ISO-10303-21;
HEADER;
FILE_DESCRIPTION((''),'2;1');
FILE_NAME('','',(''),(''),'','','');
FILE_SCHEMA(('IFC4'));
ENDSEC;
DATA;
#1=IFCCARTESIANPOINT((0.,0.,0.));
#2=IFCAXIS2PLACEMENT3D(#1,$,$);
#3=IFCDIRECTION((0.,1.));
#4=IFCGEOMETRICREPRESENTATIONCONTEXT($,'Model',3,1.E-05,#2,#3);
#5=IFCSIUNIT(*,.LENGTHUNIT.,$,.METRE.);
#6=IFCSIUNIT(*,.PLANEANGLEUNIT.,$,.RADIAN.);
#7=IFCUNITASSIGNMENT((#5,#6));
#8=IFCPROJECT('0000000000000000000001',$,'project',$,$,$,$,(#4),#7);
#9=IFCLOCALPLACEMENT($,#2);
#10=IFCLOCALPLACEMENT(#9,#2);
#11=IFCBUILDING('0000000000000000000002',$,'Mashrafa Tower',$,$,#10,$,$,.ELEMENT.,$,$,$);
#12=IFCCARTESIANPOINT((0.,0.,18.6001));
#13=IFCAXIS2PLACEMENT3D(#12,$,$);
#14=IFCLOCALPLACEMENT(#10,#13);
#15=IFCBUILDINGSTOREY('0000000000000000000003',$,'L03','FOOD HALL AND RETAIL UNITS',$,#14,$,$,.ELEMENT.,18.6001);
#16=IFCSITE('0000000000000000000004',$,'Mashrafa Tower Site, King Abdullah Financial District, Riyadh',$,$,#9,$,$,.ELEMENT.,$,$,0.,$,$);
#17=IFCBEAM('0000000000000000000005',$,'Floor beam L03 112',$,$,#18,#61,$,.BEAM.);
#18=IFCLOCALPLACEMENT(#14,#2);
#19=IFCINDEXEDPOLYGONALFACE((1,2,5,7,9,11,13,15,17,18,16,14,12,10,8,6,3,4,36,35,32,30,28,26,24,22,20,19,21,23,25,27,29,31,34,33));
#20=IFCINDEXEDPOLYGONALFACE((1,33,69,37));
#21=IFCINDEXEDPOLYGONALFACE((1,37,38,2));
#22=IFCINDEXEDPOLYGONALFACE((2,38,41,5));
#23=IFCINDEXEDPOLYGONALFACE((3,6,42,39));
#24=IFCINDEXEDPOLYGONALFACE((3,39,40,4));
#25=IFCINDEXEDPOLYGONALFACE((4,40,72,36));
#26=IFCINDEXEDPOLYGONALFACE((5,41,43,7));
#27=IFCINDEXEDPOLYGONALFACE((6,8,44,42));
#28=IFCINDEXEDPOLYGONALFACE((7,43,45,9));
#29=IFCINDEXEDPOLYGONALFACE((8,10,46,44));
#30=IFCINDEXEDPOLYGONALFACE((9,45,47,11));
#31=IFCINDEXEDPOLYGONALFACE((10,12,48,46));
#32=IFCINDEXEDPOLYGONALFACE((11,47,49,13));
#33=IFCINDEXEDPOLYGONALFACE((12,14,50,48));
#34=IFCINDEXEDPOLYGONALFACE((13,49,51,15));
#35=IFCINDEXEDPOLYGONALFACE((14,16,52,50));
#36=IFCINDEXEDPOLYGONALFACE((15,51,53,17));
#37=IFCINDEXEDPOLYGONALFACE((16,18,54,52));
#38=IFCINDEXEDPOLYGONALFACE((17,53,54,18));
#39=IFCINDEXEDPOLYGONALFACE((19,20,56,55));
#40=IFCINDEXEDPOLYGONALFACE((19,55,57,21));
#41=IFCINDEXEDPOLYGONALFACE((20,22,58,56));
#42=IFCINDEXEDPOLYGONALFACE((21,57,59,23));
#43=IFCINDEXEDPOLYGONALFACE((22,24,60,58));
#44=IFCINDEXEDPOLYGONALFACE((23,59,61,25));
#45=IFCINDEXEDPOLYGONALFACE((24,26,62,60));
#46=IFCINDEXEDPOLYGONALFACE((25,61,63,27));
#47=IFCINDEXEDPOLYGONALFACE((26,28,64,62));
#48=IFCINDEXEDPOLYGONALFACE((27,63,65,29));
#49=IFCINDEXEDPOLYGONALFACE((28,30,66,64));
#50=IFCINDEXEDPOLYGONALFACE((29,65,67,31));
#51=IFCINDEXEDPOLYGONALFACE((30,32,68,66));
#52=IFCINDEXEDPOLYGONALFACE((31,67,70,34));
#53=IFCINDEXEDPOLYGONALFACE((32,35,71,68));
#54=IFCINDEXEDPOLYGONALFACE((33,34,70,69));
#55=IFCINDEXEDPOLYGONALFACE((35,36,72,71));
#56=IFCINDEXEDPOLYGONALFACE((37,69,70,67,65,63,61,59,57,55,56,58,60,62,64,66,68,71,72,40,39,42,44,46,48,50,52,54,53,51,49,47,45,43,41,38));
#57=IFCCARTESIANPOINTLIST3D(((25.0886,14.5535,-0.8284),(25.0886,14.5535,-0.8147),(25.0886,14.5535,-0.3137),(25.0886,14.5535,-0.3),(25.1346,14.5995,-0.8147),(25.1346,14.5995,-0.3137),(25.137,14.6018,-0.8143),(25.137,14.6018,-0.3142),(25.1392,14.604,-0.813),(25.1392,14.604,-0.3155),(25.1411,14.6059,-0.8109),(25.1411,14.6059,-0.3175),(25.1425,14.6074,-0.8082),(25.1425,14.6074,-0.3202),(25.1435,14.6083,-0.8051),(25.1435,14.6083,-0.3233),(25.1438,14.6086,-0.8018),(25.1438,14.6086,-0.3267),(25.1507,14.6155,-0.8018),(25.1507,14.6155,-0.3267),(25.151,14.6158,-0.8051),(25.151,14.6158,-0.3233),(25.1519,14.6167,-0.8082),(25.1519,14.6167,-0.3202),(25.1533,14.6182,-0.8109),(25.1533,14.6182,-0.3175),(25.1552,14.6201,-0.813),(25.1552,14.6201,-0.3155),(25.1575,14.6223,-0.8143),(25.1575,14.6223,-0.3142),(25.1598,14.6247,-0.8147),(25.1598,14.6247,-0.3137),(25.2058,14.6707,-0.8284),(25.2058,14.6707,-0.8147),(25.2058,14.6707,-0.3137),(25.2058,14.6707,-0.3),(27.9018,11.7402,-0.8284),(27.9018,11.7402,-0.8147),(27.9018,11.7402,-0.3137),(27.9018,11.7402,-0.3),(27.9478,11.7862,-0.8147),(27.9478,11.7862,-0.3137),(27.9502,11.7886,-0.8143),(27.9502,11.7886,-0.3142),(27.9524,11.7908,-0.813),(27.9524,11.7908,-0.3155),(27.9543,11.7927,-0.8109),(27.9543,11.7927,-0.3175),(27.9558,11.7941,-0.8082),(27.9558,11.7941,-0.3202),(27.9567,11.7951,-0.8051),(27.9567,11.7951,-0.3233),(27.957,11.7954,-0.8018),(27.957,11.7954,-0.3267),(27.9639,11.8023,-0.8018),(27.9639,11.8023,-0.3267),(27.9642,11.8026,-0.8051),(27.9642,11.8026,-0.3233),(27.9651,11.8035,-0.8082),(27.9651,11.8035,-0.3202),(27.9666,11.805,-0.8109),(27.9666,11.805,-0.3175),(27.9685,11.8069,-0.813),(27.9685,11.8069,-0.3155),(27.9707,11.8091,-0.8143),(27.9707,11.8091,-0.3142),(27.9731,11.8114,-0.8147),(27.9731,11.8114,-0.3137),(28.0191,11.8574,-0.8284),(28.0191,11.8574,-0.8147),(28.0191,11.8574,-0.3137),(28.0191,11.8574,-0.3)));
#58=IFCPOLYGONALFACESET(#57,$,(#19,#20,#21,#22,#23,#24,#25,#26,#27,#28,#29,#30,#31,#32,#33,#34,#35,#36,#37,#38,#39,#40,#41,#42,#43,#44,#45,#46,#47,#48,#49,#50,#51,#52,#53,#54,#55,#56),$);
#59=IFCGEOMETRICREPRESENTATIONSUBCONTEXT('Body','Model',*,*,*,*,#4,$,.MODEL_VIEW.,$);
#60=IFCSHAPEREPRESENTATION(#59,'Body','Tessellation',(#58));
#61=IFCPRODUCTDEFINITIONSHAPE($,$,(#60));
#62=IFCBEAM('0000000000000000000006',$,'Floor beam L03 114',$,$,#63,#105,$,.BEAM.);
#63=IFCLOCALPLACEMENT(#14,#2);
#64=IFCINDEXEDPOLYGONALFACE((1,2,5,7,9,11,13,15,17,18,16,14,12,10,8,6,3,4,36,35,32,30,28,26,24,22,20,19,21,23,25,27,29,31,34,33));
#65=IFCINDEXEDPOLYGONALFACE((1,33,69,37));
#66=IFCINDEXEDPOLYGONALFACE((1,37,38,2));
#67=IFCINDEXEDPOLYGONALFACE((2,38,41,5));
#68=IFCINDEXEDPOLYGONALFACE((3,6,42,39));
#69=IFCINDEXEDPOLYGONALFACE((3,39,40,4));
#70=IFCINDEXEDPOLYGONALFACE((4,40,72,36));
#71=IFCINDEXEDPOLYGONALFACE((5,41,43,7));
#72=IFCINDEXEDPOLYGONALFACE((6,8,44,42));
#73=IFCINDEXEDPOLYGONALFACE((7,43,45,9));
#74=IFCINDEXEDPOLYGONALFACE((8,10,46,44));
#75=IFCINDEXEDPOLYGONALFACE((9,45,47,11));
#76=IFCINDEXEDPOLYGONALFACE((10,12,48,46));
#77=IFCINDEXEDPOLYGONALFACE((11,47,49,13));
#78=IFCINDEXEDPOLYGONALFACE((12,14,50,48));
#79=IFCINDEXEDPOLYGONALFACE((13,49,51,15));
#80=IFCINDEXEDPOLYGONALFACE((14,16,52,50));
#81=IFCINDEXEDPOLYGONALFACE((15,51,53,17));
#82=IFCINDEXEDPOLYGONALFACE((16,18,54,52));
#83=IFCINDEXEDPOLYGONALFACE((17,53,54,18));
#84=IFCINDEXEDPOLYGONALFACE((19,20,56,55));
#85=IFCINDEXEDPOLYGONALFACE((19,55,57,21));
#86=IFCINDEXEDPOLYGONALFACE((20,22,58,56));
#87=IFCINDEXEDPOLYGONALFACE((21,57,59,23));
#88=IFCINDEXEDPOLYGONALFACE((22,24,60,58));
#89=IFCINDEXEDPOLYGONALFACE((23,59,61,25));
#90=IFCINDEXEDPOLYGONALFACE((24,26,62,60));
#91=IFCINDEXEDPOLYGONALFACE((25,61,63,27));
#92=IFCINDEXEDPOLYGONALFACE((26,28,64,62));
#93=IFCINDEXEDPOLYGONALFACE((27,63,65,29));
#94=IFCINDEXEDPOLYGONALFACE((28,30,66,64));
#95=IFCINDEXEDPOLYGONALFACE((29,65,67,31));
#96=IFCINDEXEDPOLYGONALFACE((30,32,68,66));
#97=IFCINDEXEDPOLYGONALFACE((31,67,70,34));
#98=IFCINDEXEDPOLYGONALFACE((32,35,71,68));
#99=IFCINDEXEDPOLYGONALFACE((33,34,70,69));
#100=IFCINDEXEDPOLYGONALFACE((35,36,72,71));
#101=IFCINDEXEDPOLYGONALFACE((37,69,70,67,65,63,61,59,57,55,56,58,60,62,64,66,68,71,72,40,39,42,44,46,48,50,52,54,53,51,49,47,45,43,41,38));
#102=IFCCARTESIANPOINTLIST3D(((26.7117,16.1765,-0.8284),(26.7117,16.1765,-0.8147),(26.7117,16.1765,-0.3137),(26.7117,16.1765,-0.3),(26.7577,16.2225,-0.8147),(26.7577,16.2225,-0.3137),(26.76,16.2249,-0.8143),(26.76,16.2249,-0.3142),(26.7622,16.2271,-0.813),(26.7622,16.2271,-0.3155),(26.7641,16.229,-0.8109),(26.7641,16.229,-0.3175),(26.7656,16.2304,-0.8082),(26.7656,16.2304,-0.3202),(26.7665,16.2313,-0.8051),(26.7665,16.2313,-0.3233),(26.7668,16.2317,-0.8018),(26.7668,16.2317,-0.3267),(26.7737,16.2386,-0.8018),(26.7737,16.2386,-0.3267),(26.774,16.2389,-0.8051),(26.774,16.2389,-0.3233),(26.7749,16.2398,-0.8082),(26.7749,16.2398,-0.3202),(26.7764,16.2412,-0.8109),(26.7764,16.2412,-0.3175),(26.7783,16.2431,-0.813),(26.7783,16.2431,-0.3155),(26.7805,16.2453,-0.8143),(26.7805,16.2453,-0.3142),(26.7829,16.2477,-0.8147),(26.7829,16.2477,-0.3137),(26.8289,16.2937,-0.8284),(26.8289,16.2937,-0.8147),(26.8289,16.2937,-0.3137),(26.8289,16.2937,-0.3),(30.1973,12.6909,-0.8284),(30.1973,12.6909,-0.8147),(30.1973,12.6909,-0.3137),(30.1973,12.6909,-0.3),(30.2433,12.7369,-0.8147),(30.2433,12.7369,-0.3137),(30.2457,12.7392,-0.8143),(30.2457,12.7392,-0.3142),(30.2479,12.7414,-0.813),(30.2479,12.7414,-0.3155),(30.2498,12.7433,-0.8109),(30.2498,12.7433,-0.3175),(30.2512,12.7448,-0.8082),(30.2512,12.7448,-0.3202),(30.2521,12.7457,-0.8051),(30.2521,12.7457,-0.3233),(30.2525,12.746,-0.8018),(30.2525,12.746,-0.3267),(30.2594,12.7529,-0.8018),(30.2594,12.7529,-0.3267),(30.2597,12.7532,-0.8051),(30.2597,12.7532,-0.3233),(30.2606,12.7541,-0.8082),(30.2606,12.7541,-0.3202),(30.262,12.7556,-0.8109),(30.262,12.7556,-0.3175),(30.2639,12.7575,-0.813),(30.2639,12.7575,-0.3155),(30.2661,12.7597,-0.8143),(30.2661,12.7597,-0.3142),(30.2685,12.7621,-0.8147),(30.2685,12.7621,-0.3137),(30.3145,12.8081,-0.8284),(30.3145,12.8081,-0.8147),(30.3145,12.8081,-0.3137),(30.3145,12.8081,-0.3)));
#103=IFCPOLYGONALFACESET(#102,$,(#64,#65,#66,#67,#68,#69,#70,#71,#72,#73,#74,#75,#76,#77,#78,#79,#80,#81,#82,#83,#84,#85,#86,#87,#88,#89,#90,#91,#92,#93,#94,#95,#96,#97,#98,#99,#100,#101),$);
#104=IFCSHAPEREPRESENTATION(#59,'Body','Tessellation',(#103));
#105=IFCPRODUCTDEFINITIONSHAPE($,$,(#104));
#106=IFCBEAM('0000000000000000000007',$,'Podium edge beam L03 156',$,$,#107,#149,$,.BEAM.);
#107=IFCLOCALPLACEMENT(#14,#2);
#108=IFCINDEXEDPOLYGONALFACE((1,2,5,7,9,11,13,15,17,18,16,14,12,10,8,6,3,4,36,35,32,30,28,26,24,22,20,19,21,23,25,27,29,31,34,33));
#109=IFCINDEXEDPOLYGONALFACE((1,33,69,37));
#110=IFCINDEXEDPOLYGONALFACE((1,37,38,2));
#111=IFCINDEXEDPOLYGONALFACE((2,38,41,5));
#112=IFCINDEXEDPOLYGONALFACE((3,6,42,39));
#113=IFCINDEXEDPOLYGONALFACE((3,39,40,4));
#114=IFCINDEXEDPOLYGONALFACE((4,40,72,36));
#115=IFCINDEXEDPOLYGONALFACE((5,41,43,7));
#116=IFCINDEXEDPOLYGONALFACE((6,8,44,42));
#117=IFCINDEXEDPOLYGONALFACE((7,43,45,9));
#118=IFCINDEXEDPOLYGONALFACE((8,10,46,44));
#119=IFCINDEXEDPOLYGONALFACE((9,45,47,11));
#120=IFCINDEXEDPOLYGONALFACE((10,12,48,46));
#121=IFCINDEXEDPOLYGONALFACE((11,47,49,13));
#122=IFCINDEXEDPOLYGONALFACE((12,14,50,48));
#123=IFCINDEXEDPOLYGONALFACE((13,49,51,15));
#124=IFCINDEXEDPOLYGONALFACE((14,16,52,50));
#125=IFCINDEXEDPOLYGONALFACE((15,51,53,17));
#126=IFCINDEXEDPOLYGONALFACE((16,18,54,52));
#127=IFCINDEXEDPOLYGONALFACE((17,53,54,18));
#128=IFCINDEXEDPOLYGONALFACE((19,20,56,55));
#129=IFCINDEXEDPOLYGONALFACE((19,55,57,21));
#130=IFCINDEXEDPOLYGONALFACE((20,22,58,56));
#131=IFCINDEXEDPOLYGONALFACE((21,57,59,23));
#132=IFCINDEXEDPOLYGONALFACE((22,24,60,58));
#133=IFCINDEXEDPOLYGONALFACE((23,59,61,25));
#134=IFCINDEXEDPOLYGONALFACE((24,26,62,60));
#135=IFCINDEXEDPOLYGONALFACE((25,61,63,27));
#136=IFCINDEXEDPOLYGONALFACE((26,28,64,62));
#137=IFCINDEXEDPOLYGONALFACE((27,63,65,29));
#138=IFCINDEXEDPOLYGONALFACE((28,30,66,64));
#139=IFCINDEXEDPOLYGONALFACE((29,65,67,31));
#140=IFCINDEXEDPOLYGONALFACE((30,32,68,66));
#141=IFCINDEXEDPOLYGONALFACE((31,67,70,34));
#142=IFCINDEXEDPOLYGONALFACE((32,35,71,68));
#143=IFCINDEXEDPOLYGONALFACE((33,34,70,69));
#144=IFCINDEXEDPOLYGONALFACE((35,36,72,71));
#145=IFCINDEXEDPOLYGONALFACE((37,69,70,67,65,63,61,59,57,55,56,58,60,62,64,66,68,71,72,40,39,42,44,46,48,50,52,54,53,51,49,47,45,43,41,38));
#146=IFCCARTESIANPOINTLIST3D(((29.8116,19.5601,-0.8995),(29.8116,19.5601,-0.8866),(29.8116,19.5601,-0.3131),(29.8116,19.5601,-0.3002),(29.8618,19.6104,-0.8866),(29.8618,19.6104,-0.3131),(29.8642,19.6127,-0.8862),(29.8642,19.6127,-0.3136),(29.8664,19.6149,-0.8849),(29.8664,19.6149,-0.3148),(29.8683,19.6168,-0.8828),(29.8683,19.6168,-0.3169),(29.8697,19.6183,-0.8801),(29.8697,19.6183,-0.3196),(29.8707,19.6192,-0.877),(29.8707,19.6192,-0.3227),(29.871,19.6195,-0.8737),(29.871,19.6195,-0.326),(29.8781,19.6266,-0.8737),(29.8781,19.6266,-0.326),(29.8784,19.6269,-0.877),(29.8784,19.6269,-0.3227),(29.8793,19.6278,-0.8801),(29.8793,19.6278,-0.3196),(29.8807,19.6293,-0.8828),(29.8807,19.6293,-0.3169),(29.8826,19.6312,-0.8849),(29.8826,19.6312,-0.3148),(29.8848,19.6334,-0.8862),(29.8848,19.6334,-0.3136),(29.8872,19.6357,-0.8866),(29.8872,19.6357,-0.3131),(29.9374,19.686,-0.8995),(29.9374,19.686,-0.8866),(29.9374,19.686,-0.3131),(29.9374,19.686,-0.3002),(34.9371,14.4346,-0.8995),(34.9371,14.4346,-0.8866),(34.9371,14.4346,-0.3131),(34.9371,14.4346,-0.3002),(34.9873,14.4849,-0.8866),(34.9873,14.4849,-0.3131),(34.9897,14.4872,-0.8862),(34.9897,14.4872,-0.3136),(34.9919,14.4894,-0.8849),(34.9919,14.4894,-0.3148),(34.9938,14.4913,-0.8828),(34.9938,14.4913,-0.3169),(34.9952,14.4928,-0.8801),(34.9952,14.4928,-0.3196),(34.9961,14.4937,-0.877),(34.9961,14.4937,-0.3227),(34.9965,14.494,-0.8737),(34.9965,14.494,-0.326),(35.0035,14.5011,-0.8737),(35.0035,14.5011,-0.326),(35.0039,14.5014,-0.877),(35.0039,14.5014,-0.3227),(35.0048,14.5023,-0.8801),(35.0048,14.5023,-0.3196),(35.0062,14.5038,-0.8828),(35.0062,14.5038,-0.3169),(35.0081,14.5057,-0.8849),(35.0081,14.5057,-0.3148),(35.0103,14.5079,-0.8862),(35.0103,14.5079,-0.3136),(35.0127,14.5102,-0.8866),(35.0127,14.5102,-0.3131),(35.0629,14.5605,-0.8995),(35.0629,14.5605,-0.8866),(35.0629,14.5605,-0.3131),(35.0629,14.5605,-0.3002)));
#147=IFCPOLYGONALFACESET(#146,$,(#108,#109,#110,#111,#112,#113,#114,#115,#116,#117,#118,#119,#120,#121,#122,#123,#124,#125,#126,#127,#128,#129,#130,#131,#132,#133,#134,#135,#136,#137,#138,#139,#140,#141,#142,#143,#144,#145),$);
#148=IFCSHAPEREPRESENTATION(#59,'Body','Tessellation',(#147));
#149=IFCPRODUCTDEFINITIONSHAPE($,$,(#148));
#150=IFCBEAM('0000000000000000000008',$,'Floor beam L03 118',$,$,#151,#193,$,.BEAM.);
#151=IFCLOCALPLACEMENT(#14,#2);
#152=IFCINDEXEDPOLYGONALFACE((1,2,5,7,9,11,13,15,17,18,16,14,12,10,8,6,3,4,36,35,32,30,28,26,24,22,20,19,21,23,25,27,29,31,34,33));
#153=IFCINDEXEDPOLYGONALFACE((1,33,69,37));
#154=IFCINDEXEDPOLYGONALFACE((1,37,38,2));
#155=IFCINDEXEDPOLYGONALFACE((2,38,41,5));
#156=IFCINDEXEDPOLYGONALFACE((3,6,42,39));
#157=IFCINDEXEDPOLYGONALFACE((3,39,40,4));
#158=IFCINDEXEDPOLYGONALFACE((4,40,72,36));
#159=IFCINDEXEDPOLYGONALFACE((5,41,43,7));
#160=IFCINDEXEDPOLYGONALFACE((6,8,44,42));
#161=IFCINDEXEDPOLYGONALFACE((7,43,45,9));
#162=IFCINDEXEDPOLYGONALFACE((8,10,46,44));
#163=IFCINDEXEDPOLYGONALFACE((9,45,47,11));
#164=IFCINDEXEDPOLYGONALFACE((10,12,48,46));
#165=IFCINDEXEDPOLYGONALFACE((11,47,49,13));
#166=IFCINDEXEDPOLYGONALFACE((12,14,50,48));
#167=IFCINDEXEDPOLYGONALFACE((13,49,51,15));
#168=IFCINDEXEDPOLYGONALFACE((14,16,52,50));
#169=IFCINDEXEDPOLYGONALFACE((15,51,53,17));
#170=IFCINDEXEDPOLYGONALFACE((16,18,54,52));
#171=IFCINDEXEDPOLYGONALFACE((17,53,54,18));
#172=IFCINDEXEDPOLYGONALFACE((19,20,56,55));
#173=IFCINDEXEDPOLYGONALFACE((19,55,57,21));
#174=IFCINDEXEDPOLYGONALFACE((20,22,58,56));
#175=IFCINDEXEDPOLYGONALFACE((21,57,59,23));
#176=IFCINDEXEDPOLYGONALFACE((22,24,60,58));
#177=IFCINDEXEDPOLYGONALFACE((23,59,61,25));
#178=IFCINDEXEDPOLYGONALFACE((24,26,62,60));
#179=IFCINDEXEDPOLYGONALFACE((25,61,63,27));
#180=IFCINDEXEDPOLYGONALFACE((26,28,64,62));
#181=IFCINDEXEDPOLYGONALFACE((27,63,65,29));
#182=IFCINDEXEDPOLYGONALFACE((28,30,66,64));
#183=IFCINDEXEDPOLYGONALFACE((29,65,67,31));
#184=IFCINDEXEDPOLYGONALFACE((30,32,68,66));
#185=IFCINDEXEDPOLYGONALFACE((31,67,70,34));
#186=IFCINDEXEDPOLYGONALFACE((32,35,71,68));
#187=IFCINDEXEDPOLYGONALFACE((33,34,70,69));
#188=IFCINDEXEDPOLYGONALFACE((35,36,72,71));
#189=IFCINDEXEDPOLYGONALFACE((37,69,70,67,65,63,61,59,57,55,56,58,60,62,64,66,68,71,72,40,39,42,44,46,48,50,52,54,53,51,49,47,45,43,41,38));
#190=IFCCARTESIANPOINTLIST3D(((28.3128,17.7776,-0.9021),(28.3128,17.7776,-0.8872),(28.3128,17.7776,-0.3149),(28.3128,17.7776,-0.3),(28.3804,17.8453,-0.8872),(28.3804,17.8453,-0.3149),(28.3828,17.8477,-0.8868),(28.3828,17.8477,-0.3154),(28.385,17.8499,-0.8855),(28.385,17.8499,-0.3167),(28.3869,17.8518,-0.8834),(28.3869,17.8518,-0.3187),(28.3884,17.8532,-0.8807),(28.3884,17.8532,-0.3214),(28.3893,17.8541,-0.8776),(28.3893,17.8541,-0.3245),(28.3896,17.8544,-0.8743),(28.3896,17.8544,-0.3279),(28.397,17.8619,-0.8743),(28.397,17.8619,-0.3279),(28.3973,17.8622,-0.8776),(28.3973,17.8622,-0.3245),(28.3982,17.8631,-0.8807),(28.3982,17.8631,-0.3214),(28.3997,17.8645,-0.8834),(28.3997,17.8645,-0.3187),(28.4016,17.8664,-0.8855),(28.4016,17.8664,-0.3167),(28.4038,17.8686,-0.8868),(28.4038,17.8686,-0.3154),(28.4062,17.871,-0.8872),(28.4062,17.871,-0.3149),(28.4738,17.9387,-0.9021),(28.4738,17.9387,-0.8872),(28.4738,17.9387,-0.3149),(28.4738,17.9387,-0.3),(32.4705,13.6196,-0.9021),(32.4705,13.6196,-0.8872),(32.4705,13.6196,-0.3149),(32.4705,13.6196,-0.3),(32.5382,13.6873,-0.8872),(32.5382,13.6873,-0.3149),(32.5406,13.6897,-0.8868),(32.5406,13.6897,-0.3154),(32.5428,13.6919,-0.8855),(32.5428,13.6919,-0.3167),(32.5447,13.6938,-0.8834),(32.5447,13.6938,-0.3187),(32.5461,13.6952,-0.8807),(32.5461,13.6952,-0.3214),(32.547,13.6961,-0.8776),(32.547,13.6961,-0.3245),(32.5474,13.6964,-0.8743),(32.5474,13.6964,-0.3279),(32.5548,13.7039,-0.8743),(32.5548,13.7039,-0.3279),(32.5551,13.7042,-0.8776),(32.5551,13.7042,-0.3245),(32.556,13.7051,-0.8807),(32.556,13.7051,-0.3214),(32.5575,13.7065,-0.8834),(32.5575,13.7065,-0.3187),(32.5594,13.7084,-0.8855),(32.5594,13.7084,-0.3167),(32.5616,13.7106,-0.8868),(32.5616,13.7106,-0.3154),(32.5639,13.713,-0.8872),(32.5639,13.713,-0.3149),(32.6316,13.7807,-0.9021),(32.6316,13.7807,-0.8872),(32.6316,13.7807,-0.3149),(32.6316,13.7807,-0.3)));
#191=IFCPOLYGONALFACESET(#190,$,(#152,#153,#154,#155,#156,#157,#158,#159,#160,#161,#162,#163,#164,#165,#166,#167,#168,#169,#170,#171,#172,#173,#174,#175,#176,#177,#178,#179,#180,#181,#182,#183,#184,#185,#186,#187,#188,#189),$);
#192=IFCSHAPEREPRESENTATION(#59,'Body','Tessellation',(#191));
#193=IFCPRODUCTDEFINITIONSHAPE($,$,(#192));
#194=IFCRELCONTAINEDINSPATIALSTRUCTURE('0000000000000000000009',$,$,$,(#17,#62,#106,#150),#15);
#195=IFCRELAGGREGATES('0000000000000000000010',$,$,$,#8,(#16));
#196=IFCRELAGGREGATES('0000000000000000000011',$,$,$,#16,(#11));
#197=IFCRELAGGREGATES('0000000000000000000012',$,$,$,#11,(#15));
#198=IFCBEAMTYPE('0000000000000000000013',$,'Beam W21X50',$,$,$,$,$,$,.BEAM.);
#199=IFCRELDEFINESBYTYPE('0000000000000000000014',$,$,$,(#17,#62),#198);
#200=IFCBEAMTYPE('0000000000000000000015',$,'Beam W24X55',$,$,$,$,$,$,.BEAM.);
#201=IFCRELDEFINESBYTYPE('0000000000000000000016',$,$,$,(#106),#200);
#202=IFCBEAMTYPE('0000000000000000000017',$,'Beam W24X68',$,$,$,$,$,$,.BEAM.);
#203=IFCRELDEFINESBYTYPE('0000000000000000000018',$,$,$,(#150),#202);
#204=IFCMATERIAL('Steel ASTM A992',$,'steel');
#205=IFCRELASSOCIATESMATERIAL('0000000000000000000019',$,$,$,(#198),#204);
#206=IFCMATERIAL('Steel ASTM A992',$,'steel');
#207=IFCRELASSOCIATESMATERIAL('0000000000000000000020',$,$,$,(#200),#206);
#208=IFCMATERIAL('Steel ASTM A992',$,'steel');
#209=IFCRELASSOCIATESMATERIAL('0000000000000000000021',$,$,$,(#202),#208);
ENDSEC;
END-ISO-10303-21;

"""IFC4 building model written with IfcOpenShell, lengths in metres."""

from ifc_helpers import new_model, si_unit, direction, frame, origin, origin_2d, place, context, subcontext, project, spatial, i_section, extrude, material, material_profile, profile_set, type_object, element, save


model = new_model("IFC4")

# Units and contexts
model_context = context("Model", 3, precision=1e-05, world=origin(), true_north=direction((0.0, 1.0)))
body_context = subcontext(model_context, "Body", "Model", "MODEL_VIEW")
ifc_project = project(units=[si_unit("LENGTHUNIT", "METRE"), si_unit("PLANEANGLEUNIT", "RADIAN")], contexts=[model_context])

# Site, building, storey
site_placement = place(None, origin())
site = spatial("IfcSite", under=ifc_project, at=site_placement, Name="Mashrafa Tower Site, King Abdullah Financial District, Riyadh", CompositionType="ELEMENT", RefElevation=0.0)
building_placement = place(site_placement, origin())
building = spatial("IfcBuilding", under=site, at=building_placement, Name="Mashrafa Tower", CompositionType="ELEMENT")
storey_placement = place(building_placement, frame((0.0, 0.0, 18.6001)))
storey = spatial("IfcBuildingStorey", under=building, at=storey_placement, Name="L03", Description="FOOD HALL AND RETAIL UNITS", CompositionType="ELEMENT", Elevation=18.6001)

# Beams
ifc_material_1 = material(Name="Steel ASTM A992", Category="steel")
ifc_material_profile_1 = material_profile(ifc_material_1, i_section(OverallWidth=0.1658, OverallDepth=0.5283, WebThickness=0.0098, FlangeThickness=0.0137, FilletRadius=0.0129, at=origin_2d()), Name="W21X50")
ifc_profile_set_1 = profile_set([ifc_material_profile_1], Name="Steel ASTM A992")
beam_type_1 = type_object("IfcBeamType", Name="Beam W21X50", PredefinedType="BEAM", material=ifc_profile_set_1)
beam_1_placement = place(storey_placement, frame((25.1472, 14.6121, -0.5642), z_axis=(0.707107, -0.707107, 0.0), x_axis=(0.707107, 0.707107, 0.0)))
element("IfcBeam", 1, at=beam_1_placement, inside=storey, type_object=beam_type_1, Name="Floor beam L03 112", PredefinedType="BEAM", context=body_context, shape_type="SweptSolid", body=[
    extrude(i_section(OverallWidth=0.1658, OverallDepth=0.5283, WebThickness=0.0098, FlangeThickness=0.0137, FilletRadius=0.0129, at=origin_2d()), origin(), (0.0, 0.0, 1.0), 3.9785),
])
beam_2_placement = place(storey_placement, frame((26.7703, 16.2351, -0.5642), z_axis=(0.707107, -0.707107, 0.0), x_axis=(0.707107, 0.707107, 0.0)))
element("IfcBeam", 2, at=beam_2_placement, inside=storey, type_object=beam_type_1, Name="Floor beam L03 114", PredefinedType="BEAM", context=body_context, shape_type="SweptSolid", body=[
    extrude(i_section(OverallWidth=0.1658, OverallDepth=0.5283, WebThickness=0.0098, FlangeThickness=0.0137, FilletRadius=0.0129, at=origin_2d()), origin(), (0.0, 0.0, 1.0), 4.9294),
])
ifc_material_2 = material(Name="Steel ASTM A992", Category="steel")
ifc_material_profile_2 = material_profile(ifc_material_2, i_section(OverallWidth=0.178, OverallDepth=0.5994, WebThickness=0.01, FlangeThickness=0.0129, FilletRadius=0.0129, at=origin_2d()), Name="W24X55")
ifc_profile_set_2 = profile_set([ifc_material_profile_2], Name="Steel ASTM A992")
beam_type_2 = type_object("IfcBeamType", Name="Beam W24X55", PredefinedType="BEAM", material=ifc_profile_set_2)
beam_3_placement = place(storey_placement, frame((35.0, 14.4976, -0.5999), z_axis=(-0.707107, 0.707107, 0.0), x_axis=(-0.707107, -0.707107, 0.0)))
element("IfcBeam", 3, at=beam_3_placement, inside=storey, type_object=beam_type_2, Name="Podium edge beam L03 156", PredefinedType="BEAM", context=body_context, shape_type="SweptSolid", body=[
    extrude(i_section(OverallWidth=0.178, OverallDepth=0.5994, WebThickness=0.01, FlangeThickness=0.0129, FilletRadius=0.0129, at=origin_2d()), origin(), (0.0, 0.0, 1.0), 7.2485),
])
ifc_material_3 = material(Name="Steel ASTM A992", Category="steel")
ifc_material_profile_3 = material_profile(ifc_material_3, i_section(OverallWidth=0.2278, OverallDepth=0.6021, WebThickness=0.0105, FlangeThickness=0.0149, FilletRadius=0.0129, at=origin_2d()), Name="W24X68")
ifc_profile_set_3 = profile_set([ifc_material_profile_3], Name="Steel ASTM A992")
beam_type_3 = type_object("IfcBeamType", Name="Beam W24X68", PredefinedType="BEAM", material=ifc_profile_set_3)
beam_4_placement = place(storey_placement, frame((28.3933, 17.8582, -0.6011), z_axis=(0.707086, -0.707128, 0.0), x_axis=(0.707128, 0.707086, 0.0)))
element("IfcBeam", 4, at=beam_4_placement, inside=storey, type_object=beam_type_3, Name="Floor beam L03 118", PredefinedType="BEAM", context=body_context, shape_type="SweptSolid", body=[
    extrude(i_section(OverallWidth=0.2278, OverallDepth=0.6021, WebThickness=0.0105, FlangeThickness=0.0149, FilletRadius=0.0129, at=origin_2d()), origin(), (0.0, 0.0, 1.0), 5.8801),
])

save(model, "model.ifc")
